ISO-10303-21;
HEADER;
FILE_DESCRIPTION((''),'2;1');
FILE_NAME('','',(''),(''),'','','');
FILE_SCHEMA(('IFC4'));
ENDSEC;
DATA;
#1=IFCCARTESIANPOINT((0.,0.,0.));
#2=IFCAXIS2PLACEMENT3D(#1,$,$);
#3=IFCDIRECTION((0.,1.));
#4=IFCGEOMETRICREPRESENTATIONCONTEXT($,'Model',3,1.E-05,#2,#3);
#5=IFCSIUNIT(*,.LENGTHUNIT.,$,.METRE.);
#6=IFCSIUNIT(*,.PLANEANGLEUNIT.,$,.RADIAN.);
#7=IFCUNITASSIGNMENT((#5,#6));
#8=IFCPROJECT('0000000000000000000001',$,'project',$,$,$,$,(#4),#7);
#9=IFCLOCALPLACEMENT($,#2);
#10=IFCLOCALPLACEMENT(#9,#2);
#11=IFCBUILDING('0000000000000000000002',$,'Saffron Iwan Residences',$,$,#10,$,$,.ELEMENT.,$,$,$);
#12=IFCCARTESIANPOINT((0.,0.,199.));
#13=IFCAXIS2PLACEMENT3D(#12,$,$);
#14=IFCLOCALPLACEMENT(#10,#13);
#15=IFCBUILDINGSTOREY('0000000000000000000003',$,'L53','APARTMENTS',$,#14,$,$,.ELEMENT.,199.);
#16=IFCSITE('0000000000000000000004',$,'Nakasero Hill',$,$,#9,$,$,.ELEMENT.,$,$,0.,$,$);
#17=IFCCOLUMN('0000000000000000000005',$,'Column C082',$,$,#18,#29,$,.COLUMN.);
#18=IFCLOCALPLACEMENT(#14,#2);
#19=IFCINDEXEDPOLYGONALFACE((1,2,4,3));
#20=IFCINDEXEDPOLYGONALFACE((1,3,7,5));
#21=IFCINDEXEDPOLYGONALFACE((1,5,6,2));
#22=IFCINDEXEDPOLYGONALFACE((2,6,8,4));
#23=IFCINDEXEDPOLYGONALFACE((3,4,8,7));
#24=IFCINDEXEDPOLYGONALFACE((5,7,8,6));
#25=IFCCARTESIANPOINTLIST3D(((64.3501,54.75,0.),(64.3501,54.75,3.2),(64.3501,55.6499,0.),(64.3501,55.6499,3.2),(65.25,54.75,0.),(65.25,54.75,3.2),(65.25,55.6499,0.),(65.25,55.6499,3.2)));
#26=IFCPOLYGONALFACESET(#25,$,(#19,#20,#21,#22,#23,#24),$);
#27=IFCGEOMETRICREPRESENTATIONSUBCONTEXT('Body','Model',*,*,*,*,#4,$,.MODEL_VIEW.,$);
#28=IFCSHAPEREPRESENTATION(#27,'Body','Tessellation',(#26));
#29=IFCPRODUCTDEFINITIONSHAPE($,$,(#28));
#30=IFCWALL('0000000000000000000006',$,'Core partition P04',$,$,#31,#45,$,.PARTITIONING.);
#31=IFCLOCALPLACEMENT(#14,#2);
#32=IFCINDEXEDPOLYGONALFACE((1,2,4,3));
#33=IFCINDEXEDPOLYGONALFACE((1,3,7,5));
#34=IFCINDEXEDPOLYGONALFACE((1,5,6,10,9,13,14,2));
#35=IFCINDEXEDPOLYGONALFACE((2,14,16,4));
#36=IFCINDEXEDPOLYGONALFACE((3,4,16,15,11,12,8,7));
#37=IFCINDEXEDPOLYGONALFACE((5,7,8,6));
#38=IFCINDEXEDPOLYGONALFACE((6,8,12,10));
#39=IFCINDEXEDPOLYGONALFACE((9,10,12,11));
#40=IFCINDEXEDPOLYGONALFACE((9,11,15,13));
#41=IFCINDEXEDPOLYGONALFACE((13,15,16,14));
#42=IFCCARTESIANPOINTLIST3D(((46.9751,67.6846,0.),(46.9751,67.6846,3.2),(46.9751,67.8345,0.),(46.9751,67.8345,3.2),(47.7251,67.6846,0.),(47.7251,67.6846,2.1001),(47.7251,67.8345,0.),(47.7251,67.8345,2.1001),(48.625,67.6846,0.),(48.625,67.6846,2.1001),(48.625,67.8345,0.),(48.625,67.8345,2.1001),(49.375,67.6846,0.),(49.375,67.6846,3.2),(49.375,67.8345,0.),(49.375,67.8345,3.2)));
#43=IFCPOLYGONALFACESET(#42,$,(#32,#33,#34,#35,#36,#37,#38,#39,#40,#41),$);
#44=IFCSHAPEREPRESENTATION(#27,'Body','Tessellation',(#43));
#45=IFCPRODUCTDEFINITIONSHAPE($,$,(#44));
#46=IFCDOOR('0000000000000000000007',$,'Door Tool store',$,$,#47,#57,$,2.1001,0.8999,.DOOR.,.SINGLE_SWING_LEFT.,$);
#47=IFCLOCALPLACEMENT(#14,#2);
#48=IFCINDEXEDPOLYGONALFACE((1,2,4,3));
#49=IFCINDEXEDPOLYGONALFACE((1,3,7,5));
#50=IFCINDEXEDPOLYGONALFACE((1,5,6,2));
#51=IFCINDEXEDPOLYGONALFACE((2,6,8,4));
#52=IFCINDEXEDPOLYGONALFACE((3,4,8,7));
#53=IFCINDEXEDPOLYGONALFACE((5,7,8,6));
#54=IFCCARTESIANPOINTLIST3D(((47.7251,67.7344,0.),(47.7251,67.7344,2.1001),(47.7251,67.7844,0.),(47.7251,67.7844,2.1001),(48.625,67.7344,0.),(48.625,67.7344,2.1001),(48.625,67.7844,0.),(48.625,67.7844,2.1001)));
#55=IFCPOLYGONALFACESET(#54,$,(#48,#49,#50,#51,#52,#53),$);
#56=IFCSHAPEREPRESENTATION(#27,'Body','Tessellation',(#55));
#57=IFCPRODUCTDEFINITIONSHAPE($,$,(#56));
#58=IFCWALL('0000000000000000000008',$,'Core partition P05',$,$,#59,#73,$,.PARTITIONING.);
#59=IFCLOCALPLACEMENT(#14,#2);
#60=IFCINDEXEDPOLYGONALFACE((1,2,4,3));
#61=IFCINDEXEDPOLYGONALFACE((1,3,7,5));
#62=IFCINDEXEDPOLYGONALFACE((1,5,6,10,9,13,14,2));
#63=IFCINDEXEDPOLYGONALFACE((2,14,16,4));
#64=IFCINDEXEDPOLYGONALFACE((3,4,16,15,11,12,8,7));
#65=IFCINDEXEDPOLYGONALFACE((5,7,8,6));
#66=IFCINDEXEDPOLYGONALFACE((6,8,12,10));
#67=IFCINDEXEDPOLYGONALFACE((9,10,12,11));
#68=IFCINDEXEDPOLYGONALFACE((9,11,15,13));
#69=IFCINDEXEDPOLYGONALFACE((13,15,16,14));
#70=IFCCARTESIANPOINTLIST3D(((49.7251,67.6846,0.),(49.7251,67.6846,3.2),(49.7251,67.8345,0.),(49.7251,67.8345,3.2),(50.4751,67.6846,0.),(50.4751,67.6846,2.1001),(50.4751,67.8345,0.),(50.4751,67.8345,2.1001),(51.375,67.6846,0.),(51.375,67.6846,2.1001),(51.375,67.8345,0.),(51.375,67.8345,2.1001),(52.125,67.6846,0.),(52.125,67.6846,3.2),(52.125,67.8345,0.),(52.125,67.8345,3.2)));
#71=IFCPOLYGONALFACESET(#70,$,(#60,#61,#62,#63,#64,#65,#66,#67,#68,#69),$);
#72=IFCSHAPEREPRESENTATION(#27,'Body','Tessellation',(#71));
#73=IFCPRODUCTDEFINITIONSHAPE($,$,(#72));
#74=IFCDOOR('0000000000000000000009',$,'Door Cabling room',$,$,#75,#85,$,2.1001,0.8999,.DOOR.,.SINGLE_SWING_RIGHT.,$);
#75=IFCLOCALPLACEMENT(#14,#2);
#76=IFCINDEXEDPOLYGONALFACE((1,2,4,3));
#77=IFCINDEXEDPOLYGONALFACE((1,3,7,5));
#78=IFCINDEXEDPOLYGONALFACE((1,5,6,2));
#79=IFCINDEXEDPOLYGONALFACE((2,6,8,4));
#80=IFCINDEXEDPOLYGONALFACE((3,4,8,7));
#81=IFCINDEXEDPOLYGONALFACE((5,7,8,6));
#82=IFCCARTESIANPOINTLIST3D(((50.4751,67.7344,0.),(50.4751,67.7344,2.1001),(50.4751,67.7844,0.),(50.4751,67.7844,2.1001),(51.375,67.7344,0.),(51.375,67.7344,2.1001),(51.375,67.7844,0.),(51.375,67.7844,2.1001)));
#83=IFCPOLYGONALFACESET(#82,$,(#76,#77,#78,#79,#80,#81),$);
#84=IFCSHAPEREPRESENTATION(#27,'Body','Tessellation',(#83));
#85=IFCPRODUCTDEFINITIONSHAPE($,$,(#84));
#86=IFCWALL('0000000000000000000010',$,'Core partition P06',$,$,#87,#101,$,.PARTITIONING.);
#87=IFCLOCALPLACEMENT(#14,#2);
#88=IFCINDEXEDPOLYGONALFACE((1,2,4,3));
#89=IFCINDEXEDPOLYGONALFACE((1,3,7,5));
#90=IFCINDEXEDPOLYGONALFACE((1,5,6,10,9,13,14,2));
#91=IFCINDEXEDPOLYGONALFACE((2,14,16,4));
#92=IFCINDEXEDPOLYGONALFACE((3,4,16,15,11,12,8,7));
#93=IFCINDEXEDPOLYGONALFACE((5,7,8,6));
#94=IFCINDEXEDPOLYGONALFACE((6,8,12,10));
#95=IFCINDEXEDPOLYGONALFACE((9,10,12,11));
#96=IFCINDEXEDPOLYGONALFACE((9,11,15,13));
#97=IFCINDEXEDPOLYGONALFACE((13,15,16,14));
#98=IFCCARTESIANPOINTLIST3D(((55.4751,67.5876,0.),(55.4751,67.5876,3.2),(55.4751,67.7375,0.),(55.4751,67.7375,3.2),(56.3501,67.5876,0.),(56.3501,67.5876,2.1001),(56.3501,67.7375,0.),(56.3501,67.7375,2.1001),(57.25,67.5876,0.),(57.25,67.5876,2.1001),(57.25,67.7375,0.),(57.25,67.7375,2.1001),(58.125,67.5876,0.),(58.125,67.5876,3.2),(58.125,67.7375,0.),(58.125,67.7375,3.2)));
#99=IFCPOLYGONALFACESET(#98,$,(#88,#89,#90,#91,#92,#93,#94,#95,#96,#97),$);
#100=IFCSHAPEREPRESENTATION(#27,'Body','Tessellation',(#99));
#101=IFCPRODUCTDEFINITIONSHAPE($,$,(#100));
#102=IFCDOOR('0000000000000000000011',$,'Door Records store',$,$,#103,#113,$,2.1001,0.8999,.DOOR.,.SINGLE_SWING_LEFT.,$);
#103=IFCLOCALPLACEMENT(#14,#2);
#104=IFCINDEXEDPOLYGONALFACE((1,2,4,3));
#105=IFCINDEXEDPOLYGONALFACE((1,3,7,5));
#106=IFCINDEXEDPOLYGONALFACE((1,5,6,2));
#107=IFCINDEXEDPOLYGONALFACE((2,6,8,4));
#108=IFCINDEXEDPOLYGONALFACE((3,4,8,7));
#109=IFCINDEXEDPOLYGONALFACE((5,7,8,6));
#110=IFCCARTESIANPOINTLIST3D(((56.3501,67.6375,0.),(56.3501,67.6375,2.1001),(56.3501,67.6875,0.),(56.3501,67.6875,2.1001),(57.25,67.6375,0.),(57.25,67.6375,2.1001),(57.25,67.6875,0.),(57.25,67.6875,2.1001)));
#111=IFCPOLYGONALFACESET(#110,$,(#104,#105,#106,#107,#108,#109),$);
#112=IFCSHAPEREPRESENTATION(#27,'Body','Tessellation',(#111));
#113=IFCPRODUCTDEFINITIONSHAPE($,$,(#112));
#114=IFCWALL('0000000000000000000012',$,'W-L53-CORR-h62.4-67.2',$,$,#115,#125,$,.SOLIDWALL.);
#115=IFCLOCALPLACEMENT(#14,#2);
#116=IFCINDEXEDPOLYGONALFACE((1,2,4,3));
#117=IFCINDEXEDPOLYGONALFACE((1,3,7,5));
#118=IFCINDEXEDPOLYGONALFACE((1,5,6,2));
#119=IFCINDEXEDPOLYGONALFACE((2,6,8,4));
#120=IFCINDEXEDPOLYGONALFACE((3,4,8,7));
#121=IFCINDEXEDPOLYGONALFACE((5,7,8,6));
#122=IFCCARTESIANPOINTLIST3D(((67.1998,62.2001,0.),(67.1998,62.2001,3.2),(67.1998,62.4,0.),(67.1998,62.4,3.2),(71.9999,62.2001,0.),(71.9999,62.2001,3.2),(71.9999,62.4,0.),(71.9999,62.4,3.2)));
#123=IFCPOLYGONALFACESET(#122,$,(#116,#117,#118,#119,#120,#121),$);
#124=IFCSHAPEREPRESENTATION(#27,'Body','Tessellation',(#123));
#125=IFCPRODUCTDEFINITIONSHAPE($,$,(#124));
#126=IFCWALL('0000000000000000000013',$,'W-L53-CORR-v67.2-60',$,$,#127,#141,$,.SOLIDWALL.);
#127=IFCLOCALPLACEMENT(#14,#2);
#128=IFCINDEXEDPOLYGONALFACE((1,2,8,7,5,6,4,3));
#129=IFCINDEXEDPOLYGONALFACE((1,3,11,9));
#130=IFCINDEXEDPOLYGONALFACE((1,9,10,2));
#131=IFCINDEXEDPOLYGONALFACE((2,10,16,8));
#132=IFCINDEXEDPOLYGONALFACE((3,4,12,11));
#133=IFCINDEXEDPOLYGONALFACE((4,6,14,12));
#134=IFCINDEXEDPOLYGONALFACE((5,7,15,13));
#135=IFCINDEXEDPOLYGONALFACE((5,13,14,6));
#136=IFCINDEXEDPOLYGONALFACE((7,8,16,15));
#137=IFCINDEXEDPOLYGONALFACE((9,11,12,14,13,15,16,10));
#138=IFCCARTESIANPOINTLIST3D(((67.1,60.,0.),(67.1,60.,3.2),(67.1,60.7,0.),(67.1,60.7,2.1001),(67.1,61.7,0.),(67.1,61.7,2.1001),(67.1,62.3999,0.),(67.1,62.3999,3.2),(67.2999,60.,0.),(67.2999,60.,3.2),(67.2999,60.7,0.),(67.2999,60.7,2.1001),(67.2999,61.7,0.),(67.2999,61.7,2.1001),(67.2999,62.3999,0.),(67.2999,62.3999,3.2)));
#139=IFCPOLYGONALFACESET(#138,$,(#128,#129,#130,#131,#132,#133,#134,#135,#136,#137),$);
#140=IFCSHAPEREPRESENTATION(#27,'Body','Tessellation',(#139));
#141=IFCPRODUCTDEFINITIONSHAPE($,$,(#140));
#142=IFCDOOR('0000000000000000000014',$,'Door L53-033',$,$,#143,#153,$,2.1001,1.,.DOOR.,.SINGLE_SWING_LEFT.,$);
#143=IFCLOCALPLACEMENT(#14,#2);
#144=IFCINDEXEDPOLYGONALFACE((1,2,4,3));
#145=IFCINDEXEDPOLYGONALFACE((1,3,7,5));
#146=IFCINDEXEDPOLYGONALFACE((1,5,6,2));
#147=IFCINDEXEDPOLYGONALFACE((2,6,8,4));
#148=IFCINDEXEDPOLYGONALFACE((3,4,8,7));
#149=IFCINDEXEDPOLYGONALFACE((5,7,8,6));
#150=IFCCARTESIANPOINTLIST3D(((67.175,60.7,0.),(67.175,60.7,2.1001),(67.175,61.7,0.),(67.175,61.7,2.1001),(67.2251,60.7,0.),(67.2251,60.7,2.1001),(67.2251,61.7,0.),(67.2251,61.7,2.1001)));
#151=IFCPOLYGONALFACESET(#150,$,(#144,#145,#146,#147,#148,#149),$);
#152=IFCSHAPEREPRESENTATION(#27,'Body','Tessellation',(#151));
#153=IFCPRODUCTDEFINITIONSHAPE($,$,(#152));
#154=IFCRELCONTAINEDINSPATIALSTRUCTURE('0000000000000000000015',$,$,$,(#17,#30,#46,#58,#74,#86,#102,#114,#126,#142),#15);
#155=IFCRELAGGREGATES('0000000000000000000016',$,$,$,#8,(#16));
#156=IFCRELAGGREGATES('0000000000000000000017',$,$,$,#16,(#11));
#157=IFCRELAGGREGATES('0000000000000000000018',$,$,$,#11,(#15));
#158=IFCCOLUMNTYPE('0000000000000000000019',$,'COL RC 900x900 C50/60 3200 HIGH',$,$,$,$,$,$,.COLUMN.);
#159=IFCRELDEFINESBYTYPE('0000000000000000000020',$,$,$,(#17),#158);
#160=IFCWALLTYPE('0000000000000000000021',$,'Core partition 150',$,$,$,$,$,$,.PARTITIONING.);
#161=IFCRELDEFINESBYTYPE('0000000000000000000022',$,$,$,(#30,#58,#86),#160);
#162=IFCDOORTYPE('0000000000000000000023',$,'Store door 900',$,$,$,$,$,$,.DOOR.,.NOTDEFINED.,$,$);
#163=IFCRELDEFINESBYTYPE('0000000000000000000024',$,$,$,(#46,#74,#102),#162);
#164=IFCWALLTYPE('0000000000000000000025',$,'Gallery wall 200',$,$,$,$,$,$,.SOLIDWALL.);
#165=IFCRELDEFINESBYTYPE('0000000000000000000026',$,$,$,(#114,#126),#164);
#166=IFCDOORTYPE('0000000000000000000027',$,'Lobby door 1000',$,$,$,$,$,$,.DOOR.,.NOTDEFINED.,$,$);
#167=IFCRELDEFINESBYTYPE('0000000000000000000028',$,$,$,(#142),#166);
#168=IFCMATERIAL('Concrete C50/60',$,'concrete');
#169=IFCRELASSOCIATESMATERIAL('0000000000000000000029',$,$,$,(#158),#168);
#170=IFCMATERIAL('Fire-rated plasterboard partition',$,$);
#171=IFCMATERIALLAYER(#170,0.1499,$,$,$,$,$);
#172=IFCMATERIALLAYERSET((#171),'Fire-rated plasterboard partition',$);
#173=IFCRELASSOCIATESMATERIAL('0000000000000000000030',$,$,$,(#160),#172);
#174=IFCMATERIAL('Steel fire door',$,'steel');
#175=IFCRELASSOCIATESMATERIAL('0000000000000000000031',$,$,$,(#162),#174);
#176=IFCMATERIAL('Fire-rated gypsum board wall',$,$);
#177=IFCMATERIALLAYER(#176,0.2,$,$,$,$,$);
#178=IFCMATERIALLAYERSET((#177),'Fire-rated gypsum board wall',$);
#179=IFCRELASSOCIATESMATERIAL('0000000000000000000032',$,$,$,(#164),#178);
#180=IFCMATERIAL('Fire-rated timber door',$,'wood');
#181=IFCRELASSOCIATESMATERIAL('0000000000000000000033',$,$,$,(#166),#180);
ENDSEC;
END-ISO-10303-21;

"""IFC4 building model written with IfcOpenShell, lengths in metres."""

from ifc_helpers import new_model, si_unit, direction, frame, frame_2d, origin, origin_2d, place, context, subcontext, project, spatial, rectangle, extrude, source, transform, mapped, material, layer, layer_set, material_profile, profile_set, type_object, element, fill, save


model = new_model("IFC4")

# Units and contexts
model_context = context("Model", 3, precision=1e-05, world=origin(), true_north=direction((0.0, 1.0)))
body_context = subcontext(model_context, "Body", "Model", "MODEL_VIEW")
ifc_project = project(units=[si_unit("LENGTHUNIT", "METRE"), si_unit("PLANEANGLEUNIT", "RADIAN")], contexts=[model_context])

# Site, building, storey
site_placement = place(None, origin())
site = spatial("IfcSite", under=ifc_project, at=site_placement, Name="Nakasero Hill", CompositionType="ELEMENT", RefElevation=0.0)
building_placement = place(site_placement, origin())
building = spatial("IfcBuilding", under=site, at=building_placement, Name="Saffron Iwan Residences", CompositionType="ELEMENT")
storey_placement = place(building_placement, frame((0.0, 0.0, 199.0)))
storey = spatial("IfcBuildingStorey", under=building, at=storey_placement, Name="L53", Description="APARTMENTS", CompositionType="ELEMENT", Elevation=199.0)

# Column
ifc_material_1 = material(Name="Concrete C50/60", Category="concrete")
ifc_material_profile = material_profile(ifc_material_1, rectangle(XDim=0.8999, YDim=0.8999, at=origin_2d()), Name="RC 900x900")
ifc_profile_set = profile_set([ifc_material_profile], Name="Concrete C50/60")
column_type = type_object("IfcColumnType", Name="COL RC 900x900 C50/60 3200 HIGH", PredefinedType="COLUMN", material=ifc_profile_set)
shared_shape = source(origin(), body_context, "Body", "SweptSolid", [
    extrude(rectangle(XDim=0.8999, YDim=0.8999, at=origin_2d()), origin(), (0.0, 0.0, 1.0), 3.2),
])
column_placement = place(storey_placement, frame((64.8, 55.2, 0.0), z_axis=(0.0, 0.0, 1.0), x_axis=(1.0, 0.0, 0.0)))
element("IfcColumn", 1, at=column_placement, inside=storey, type_object=column_type, Name="Column C082", PredefinedType="COLUMN", context=body_context, shape_type="MappedRepresentation", body=[
    mapped(shared_shape, transform((0.0, 0.0, 0.0))),
])

# Walls, openings, doors
ifc_material_2 = material(Name="Fire-rated plasterboard partition")
ifc_layer_1 = layer(ifc_material_2, 0.1499)
ifc_layer_set_1 = layer_set([ifc_layer_1], Name="Fire-rated plasterboard partition")
wall_type_1 = type_object("IfcWallType", Name="Core partition 150", PredefinedType="PARTITIONING", material=ifc_layer_set_1)
wall_1_placement = place(storey_placement, frame((46.9751, 67.7595, 0.0), z_axis=(0.0, 0.0, 1.0), x_axis=(1.0, 0.0, 0.0)))
wall_1 = element("IfcWall", 2, at=wall_1_placement, inside=storey, type_object=wall_type_1, Name="Core partition P04", PredefinedType="PARTITIONING", context=body_context, shape_type="SweptSolid", body=[
    extrude(rectangle(XDim=2.3999, YDim=0.1499, at=frame_2d((1.2, 0.0))), origin(), (0.0, 0.0, 1.0), 3.2),
])
opening_1_placement = place(wall_1_placement, frame((0.75, 0.0, 0.0)))
opening_1 = element("IfcOpeningElement", 3, at=opening_1_placement, cuts=wall_1, PredefinedType="OPENING", context=body_context, shape_type="SweptSolid", body=[
    extrude(rectangle(XDim=0.8999, YDim=2.1001, at=frame_2d((0.45, 1.05))), frame((0.0, 0.085, 0.0), z_axis=(0.0, -1.0, 0.0), x_axis=(1.0, 0.0, 0.0)), (0.0, 0.0, 1.0), 0.1699),
])
ifc_material_3 = material(Name="Steel fire door", Category="steel")
door_type_1 = type_object("IfcDoorType", Name="Store door 900", OperationType="NOTDEFINED", PredefinedType="DOOR", material=ifc_material_3)
door_1_placement = place(opening_1_placement, origin())
door_1 = element("IfcDoor", 4, at=door_1_placement, inside=storey, type_object=door_type_1, Name="Door Tool store", OperationType="SINGLE_SWING_LEFT", OverallHeight=2.1001, OverallWidth=0.8999, PredefinedType="DOOR", context=body_context, shape_type="SweptSolid", body=[
    extrude(rectangle(XDim=0.8999, YDim=2.1001, at=frame_2d((0.45, 1.05))), frame((0.0, 0.0249, 0.0), z_axis=(0.0, -1.0, 0.0), x_axis=(1.0, 0.0, 0.0)), (0.0, 0.0, 1.0), 0.05),
])
fill(opening_1, door_1)
wall_2_placement = place(storey_placement, frame((49.7251, 67.7595, 0.0), z_axis=(0.0, 0.0, 1.0), x_axis=(1.0, 0.0, 0.0)))
wall_2 = element("IfcWall", 5, at=wall_2_placement, inside=storey, type_object=wall_type_1, Name="Core partition P05", PredefinedType="PARTITIONING", context=body_context, shape_type="SweptSolid", body=[
    extrude(rectangle(XDim=2.3999, YDim=0.1499, at=frame_2d((1.2, 0.0))), origin(), (0.0, 0.0, 1.0), 3.2),
])
opening_2_placement = place(wall_2_placement, frame((0.75, 0.0, 0.0)))
opening_2 = element("IfcOpeningElement", 6, at=opening_2_placement, cuts=wall_2, PredefinedType="OPENING", context=body_context, shape_type="SweptSolid", body=[
    extrude(rectangle(XDim=0.8999, YDim=2.1001, at=frame_2d((0.45, 1.05))), frame((0.0, 0.085, 0.0), z_axis=(0.0, -1.0, 0.0), x_axis=(1.0, 0.0, 0.0)), (0.0, 0.0, 1.0), 0.1699),
])
door_2_placement = place(opening_2_placement, origin())
door_2 = element("IfcDoor", 7, at=door_2_placement, inside=storey, type_object=door_type_1, Name="Door Cabling room", OperationType="SINGLE_SWING_RIGHT", OverallHeight=2.1001, OverallWidth=0.8999, PredefinedType="DOOR", context=body_context, shape_type="SweptSolid", body=[
    extrude(rectangle(XDim=0.8999, YDim=2.1001, at=frame_2d((0.45, 1.05))), frame((0.0, 0.0249, 0.0), z_axis=(0.0, -1.0, 0.0), x_axis=(1.0, 0.0, 0.0)), (0.0, 0.0, 1.0), 0.05),
])
fill(opening_2, door_2)
wall_3_placement = place(storey_placement, frame((55.4751, 67.6626, 0.0), z_axis=(0.0, 0.0, 1.0), x_axis=(1.0, 0.0, 0.0)))
wall_3 = element("IfcWall", 8, at=wall_3_placement, inside=storey, type_object=wall_type_1, Name="Core partition P06", PredefinedType="PARTITIONING", context=body_context, shape_type="SweptSolid", body=[
    extrude(rectangle(XDim=2.6499, YDim=0.1499, at=frame_2d((1.325, 0.0))), origin(), (0.0, 0.0, 1.0), 3.2),
])
opening_3_placement = place(wall_3_placement, frame((0.875, 0.0, 0.0)))
opening_3 = element("IfcOpeningElement", 9, at=opening_3_placement, cuts=wall_3, PredefinedType="OPENING", context=body_context, shape_type="SweptSolid", body=[
    extrude(rectangle(XDim=0.8999, YDim=2.1001, at=frame_2d((0.45, 1.05))), frame((0.0, 0.085, 0.0), z_axis=(0.0, -1.0, 0.0), x_axis=(1.0, 0.0, 0.0)), (0.0, 0.0, 1.0), 0.1699),
])
door_3_placement = place(opening_3_placement, origin())
door_3 = element("IfcDoor", 10, at=door_3_placement, inside=storey, type_object=door_type_1, Name="Door Records store", OperationType="SINGLE_SWING_LEFT", OverallHeight=2.1001, OverallWidth=0.8999, PredefinedType="DOOR", context=body_context, shape_type="SweptSolid", body=[
    extrude(rectangle(XDim=0.8999, YDim=2.1001, at=frame_2d((0.45, 1.05))), frame((0.0, 0.0249, 0.0), z_axis=(0.0, -1.0, 0.0), x_axis=(1.0, 0.0, 0.0)), (0.0, 0.0, 1.0), 0.05),
])
fill(opening_3, door_3)

# Wall
ifc_material_4 = material(Name="Fire-rated gypsum board wall")
ifc_layer_2 = layer(ifc_material_4, 0.2)
ifc_layer_set_2 = layer_set([ifc_layer_2], Name="Fire-rated gypsum board wall")
wall_type_2 = type_object("IfcWallType", Name="Gallery wall 200", PredefinedType="SOLIDWALL", material=ifc_layer_set_2)
wall_4_placement = place(storey_placement, frame((67.2, 62.3, 0.0), z_axis=(0.0, 0.0, 1.0), x_axis=(1.0, 0.0, 0.0)))
element("IfcWall", 11, at=wall_4_placement, inside=storey, type_object=wall_type_2, Name="W-L53-CORR-h62.4-67.2", PredefinedType="SOLIDWALL", context=body_context, shape_type="SweptSolid", body=[
    extrude(rectangle(XDim=4.8, YDim=0.2, at=frame_2d((2.3999, 0.0))), origin(), (0.0, 0.0, 1.0), 3.2),
])

# Wall, opening, door
wall_5_placement = place(storey_placement, frame((67.2, 60.0, 0.0), z_axis=(0.0, 0.0, 1.0), x_axis=(0.0, 1.0, 0.0)))
wall_5 = element("IfcWall", 12, at=wall_5_placement, inside=storey, type_object=wall_type_2, Name="W-L53-CORR-v67.2-60", PredefinedType="SOLIDWALL", context=body_context, shape_type="SweptSolid", body=[
    extrude(rectangle(XDim=2.3999, YDim=0.2, at=frame_2d((1.2, 0.0))), origin(), (0.0, 0.0, 1.0), 3.2),
])
opening_4_placement = place(wall_5_placement, frame((0.7, 0.0, 0.0)))
opening_4 = element("IfcOpeningElement", 13, at=opening_4_placement, cuts=wall_5, PredefinedType="OPENING", context=body_context, shape_type="SweptSolid", body=[
    extrude(rectangle(XDim=1.0, YDim=2.1001, at=frame_2d((0.5, 1.05))), frame((0.0, 0.1099, 0.0), z_axis=(0.0, -1.0, 0.0), x_axis=(1.0, 0.0, 0.0)), (0.0, 0.0, 1.0), 0.22),
])
ifc_material_5 = material(Name="Fire-rated timber door", Category="wood")
door_type_2 = type_object("IfcDoorType", Name="Lobby door 1000", OperationType="NOTDEFINED", PredefinedType="DOOR", material=ifc_material_5)
door_4_placement = place(opening_4_placement, origin())
door_4 = element("IfcDoor", 14, at=door_4_placement, inside=storey, type_object=door_type_2, Name="Door L53-033", OperationType="SINGLE_SWING_LEFT", OverallHeight=2.1001, OverallWidth=1.0, PredefinedType="DOOR", context=body_context, shape_type="SweptSolid", body=[
    extrude(rectangle(XDim=1.0, YDim=2.1001, at=frame_2d((0.5, 1.05))), frame((0.0, 0.0249, 0.0), z_axis=(0.0, -1.0, 0.0), x_axis=(1.0, 0.0, 0.0)), (0.0, 0.0, 1.0), 0.05),
])
fill(opening_4, door_4)

save(model, "model.ifc")
